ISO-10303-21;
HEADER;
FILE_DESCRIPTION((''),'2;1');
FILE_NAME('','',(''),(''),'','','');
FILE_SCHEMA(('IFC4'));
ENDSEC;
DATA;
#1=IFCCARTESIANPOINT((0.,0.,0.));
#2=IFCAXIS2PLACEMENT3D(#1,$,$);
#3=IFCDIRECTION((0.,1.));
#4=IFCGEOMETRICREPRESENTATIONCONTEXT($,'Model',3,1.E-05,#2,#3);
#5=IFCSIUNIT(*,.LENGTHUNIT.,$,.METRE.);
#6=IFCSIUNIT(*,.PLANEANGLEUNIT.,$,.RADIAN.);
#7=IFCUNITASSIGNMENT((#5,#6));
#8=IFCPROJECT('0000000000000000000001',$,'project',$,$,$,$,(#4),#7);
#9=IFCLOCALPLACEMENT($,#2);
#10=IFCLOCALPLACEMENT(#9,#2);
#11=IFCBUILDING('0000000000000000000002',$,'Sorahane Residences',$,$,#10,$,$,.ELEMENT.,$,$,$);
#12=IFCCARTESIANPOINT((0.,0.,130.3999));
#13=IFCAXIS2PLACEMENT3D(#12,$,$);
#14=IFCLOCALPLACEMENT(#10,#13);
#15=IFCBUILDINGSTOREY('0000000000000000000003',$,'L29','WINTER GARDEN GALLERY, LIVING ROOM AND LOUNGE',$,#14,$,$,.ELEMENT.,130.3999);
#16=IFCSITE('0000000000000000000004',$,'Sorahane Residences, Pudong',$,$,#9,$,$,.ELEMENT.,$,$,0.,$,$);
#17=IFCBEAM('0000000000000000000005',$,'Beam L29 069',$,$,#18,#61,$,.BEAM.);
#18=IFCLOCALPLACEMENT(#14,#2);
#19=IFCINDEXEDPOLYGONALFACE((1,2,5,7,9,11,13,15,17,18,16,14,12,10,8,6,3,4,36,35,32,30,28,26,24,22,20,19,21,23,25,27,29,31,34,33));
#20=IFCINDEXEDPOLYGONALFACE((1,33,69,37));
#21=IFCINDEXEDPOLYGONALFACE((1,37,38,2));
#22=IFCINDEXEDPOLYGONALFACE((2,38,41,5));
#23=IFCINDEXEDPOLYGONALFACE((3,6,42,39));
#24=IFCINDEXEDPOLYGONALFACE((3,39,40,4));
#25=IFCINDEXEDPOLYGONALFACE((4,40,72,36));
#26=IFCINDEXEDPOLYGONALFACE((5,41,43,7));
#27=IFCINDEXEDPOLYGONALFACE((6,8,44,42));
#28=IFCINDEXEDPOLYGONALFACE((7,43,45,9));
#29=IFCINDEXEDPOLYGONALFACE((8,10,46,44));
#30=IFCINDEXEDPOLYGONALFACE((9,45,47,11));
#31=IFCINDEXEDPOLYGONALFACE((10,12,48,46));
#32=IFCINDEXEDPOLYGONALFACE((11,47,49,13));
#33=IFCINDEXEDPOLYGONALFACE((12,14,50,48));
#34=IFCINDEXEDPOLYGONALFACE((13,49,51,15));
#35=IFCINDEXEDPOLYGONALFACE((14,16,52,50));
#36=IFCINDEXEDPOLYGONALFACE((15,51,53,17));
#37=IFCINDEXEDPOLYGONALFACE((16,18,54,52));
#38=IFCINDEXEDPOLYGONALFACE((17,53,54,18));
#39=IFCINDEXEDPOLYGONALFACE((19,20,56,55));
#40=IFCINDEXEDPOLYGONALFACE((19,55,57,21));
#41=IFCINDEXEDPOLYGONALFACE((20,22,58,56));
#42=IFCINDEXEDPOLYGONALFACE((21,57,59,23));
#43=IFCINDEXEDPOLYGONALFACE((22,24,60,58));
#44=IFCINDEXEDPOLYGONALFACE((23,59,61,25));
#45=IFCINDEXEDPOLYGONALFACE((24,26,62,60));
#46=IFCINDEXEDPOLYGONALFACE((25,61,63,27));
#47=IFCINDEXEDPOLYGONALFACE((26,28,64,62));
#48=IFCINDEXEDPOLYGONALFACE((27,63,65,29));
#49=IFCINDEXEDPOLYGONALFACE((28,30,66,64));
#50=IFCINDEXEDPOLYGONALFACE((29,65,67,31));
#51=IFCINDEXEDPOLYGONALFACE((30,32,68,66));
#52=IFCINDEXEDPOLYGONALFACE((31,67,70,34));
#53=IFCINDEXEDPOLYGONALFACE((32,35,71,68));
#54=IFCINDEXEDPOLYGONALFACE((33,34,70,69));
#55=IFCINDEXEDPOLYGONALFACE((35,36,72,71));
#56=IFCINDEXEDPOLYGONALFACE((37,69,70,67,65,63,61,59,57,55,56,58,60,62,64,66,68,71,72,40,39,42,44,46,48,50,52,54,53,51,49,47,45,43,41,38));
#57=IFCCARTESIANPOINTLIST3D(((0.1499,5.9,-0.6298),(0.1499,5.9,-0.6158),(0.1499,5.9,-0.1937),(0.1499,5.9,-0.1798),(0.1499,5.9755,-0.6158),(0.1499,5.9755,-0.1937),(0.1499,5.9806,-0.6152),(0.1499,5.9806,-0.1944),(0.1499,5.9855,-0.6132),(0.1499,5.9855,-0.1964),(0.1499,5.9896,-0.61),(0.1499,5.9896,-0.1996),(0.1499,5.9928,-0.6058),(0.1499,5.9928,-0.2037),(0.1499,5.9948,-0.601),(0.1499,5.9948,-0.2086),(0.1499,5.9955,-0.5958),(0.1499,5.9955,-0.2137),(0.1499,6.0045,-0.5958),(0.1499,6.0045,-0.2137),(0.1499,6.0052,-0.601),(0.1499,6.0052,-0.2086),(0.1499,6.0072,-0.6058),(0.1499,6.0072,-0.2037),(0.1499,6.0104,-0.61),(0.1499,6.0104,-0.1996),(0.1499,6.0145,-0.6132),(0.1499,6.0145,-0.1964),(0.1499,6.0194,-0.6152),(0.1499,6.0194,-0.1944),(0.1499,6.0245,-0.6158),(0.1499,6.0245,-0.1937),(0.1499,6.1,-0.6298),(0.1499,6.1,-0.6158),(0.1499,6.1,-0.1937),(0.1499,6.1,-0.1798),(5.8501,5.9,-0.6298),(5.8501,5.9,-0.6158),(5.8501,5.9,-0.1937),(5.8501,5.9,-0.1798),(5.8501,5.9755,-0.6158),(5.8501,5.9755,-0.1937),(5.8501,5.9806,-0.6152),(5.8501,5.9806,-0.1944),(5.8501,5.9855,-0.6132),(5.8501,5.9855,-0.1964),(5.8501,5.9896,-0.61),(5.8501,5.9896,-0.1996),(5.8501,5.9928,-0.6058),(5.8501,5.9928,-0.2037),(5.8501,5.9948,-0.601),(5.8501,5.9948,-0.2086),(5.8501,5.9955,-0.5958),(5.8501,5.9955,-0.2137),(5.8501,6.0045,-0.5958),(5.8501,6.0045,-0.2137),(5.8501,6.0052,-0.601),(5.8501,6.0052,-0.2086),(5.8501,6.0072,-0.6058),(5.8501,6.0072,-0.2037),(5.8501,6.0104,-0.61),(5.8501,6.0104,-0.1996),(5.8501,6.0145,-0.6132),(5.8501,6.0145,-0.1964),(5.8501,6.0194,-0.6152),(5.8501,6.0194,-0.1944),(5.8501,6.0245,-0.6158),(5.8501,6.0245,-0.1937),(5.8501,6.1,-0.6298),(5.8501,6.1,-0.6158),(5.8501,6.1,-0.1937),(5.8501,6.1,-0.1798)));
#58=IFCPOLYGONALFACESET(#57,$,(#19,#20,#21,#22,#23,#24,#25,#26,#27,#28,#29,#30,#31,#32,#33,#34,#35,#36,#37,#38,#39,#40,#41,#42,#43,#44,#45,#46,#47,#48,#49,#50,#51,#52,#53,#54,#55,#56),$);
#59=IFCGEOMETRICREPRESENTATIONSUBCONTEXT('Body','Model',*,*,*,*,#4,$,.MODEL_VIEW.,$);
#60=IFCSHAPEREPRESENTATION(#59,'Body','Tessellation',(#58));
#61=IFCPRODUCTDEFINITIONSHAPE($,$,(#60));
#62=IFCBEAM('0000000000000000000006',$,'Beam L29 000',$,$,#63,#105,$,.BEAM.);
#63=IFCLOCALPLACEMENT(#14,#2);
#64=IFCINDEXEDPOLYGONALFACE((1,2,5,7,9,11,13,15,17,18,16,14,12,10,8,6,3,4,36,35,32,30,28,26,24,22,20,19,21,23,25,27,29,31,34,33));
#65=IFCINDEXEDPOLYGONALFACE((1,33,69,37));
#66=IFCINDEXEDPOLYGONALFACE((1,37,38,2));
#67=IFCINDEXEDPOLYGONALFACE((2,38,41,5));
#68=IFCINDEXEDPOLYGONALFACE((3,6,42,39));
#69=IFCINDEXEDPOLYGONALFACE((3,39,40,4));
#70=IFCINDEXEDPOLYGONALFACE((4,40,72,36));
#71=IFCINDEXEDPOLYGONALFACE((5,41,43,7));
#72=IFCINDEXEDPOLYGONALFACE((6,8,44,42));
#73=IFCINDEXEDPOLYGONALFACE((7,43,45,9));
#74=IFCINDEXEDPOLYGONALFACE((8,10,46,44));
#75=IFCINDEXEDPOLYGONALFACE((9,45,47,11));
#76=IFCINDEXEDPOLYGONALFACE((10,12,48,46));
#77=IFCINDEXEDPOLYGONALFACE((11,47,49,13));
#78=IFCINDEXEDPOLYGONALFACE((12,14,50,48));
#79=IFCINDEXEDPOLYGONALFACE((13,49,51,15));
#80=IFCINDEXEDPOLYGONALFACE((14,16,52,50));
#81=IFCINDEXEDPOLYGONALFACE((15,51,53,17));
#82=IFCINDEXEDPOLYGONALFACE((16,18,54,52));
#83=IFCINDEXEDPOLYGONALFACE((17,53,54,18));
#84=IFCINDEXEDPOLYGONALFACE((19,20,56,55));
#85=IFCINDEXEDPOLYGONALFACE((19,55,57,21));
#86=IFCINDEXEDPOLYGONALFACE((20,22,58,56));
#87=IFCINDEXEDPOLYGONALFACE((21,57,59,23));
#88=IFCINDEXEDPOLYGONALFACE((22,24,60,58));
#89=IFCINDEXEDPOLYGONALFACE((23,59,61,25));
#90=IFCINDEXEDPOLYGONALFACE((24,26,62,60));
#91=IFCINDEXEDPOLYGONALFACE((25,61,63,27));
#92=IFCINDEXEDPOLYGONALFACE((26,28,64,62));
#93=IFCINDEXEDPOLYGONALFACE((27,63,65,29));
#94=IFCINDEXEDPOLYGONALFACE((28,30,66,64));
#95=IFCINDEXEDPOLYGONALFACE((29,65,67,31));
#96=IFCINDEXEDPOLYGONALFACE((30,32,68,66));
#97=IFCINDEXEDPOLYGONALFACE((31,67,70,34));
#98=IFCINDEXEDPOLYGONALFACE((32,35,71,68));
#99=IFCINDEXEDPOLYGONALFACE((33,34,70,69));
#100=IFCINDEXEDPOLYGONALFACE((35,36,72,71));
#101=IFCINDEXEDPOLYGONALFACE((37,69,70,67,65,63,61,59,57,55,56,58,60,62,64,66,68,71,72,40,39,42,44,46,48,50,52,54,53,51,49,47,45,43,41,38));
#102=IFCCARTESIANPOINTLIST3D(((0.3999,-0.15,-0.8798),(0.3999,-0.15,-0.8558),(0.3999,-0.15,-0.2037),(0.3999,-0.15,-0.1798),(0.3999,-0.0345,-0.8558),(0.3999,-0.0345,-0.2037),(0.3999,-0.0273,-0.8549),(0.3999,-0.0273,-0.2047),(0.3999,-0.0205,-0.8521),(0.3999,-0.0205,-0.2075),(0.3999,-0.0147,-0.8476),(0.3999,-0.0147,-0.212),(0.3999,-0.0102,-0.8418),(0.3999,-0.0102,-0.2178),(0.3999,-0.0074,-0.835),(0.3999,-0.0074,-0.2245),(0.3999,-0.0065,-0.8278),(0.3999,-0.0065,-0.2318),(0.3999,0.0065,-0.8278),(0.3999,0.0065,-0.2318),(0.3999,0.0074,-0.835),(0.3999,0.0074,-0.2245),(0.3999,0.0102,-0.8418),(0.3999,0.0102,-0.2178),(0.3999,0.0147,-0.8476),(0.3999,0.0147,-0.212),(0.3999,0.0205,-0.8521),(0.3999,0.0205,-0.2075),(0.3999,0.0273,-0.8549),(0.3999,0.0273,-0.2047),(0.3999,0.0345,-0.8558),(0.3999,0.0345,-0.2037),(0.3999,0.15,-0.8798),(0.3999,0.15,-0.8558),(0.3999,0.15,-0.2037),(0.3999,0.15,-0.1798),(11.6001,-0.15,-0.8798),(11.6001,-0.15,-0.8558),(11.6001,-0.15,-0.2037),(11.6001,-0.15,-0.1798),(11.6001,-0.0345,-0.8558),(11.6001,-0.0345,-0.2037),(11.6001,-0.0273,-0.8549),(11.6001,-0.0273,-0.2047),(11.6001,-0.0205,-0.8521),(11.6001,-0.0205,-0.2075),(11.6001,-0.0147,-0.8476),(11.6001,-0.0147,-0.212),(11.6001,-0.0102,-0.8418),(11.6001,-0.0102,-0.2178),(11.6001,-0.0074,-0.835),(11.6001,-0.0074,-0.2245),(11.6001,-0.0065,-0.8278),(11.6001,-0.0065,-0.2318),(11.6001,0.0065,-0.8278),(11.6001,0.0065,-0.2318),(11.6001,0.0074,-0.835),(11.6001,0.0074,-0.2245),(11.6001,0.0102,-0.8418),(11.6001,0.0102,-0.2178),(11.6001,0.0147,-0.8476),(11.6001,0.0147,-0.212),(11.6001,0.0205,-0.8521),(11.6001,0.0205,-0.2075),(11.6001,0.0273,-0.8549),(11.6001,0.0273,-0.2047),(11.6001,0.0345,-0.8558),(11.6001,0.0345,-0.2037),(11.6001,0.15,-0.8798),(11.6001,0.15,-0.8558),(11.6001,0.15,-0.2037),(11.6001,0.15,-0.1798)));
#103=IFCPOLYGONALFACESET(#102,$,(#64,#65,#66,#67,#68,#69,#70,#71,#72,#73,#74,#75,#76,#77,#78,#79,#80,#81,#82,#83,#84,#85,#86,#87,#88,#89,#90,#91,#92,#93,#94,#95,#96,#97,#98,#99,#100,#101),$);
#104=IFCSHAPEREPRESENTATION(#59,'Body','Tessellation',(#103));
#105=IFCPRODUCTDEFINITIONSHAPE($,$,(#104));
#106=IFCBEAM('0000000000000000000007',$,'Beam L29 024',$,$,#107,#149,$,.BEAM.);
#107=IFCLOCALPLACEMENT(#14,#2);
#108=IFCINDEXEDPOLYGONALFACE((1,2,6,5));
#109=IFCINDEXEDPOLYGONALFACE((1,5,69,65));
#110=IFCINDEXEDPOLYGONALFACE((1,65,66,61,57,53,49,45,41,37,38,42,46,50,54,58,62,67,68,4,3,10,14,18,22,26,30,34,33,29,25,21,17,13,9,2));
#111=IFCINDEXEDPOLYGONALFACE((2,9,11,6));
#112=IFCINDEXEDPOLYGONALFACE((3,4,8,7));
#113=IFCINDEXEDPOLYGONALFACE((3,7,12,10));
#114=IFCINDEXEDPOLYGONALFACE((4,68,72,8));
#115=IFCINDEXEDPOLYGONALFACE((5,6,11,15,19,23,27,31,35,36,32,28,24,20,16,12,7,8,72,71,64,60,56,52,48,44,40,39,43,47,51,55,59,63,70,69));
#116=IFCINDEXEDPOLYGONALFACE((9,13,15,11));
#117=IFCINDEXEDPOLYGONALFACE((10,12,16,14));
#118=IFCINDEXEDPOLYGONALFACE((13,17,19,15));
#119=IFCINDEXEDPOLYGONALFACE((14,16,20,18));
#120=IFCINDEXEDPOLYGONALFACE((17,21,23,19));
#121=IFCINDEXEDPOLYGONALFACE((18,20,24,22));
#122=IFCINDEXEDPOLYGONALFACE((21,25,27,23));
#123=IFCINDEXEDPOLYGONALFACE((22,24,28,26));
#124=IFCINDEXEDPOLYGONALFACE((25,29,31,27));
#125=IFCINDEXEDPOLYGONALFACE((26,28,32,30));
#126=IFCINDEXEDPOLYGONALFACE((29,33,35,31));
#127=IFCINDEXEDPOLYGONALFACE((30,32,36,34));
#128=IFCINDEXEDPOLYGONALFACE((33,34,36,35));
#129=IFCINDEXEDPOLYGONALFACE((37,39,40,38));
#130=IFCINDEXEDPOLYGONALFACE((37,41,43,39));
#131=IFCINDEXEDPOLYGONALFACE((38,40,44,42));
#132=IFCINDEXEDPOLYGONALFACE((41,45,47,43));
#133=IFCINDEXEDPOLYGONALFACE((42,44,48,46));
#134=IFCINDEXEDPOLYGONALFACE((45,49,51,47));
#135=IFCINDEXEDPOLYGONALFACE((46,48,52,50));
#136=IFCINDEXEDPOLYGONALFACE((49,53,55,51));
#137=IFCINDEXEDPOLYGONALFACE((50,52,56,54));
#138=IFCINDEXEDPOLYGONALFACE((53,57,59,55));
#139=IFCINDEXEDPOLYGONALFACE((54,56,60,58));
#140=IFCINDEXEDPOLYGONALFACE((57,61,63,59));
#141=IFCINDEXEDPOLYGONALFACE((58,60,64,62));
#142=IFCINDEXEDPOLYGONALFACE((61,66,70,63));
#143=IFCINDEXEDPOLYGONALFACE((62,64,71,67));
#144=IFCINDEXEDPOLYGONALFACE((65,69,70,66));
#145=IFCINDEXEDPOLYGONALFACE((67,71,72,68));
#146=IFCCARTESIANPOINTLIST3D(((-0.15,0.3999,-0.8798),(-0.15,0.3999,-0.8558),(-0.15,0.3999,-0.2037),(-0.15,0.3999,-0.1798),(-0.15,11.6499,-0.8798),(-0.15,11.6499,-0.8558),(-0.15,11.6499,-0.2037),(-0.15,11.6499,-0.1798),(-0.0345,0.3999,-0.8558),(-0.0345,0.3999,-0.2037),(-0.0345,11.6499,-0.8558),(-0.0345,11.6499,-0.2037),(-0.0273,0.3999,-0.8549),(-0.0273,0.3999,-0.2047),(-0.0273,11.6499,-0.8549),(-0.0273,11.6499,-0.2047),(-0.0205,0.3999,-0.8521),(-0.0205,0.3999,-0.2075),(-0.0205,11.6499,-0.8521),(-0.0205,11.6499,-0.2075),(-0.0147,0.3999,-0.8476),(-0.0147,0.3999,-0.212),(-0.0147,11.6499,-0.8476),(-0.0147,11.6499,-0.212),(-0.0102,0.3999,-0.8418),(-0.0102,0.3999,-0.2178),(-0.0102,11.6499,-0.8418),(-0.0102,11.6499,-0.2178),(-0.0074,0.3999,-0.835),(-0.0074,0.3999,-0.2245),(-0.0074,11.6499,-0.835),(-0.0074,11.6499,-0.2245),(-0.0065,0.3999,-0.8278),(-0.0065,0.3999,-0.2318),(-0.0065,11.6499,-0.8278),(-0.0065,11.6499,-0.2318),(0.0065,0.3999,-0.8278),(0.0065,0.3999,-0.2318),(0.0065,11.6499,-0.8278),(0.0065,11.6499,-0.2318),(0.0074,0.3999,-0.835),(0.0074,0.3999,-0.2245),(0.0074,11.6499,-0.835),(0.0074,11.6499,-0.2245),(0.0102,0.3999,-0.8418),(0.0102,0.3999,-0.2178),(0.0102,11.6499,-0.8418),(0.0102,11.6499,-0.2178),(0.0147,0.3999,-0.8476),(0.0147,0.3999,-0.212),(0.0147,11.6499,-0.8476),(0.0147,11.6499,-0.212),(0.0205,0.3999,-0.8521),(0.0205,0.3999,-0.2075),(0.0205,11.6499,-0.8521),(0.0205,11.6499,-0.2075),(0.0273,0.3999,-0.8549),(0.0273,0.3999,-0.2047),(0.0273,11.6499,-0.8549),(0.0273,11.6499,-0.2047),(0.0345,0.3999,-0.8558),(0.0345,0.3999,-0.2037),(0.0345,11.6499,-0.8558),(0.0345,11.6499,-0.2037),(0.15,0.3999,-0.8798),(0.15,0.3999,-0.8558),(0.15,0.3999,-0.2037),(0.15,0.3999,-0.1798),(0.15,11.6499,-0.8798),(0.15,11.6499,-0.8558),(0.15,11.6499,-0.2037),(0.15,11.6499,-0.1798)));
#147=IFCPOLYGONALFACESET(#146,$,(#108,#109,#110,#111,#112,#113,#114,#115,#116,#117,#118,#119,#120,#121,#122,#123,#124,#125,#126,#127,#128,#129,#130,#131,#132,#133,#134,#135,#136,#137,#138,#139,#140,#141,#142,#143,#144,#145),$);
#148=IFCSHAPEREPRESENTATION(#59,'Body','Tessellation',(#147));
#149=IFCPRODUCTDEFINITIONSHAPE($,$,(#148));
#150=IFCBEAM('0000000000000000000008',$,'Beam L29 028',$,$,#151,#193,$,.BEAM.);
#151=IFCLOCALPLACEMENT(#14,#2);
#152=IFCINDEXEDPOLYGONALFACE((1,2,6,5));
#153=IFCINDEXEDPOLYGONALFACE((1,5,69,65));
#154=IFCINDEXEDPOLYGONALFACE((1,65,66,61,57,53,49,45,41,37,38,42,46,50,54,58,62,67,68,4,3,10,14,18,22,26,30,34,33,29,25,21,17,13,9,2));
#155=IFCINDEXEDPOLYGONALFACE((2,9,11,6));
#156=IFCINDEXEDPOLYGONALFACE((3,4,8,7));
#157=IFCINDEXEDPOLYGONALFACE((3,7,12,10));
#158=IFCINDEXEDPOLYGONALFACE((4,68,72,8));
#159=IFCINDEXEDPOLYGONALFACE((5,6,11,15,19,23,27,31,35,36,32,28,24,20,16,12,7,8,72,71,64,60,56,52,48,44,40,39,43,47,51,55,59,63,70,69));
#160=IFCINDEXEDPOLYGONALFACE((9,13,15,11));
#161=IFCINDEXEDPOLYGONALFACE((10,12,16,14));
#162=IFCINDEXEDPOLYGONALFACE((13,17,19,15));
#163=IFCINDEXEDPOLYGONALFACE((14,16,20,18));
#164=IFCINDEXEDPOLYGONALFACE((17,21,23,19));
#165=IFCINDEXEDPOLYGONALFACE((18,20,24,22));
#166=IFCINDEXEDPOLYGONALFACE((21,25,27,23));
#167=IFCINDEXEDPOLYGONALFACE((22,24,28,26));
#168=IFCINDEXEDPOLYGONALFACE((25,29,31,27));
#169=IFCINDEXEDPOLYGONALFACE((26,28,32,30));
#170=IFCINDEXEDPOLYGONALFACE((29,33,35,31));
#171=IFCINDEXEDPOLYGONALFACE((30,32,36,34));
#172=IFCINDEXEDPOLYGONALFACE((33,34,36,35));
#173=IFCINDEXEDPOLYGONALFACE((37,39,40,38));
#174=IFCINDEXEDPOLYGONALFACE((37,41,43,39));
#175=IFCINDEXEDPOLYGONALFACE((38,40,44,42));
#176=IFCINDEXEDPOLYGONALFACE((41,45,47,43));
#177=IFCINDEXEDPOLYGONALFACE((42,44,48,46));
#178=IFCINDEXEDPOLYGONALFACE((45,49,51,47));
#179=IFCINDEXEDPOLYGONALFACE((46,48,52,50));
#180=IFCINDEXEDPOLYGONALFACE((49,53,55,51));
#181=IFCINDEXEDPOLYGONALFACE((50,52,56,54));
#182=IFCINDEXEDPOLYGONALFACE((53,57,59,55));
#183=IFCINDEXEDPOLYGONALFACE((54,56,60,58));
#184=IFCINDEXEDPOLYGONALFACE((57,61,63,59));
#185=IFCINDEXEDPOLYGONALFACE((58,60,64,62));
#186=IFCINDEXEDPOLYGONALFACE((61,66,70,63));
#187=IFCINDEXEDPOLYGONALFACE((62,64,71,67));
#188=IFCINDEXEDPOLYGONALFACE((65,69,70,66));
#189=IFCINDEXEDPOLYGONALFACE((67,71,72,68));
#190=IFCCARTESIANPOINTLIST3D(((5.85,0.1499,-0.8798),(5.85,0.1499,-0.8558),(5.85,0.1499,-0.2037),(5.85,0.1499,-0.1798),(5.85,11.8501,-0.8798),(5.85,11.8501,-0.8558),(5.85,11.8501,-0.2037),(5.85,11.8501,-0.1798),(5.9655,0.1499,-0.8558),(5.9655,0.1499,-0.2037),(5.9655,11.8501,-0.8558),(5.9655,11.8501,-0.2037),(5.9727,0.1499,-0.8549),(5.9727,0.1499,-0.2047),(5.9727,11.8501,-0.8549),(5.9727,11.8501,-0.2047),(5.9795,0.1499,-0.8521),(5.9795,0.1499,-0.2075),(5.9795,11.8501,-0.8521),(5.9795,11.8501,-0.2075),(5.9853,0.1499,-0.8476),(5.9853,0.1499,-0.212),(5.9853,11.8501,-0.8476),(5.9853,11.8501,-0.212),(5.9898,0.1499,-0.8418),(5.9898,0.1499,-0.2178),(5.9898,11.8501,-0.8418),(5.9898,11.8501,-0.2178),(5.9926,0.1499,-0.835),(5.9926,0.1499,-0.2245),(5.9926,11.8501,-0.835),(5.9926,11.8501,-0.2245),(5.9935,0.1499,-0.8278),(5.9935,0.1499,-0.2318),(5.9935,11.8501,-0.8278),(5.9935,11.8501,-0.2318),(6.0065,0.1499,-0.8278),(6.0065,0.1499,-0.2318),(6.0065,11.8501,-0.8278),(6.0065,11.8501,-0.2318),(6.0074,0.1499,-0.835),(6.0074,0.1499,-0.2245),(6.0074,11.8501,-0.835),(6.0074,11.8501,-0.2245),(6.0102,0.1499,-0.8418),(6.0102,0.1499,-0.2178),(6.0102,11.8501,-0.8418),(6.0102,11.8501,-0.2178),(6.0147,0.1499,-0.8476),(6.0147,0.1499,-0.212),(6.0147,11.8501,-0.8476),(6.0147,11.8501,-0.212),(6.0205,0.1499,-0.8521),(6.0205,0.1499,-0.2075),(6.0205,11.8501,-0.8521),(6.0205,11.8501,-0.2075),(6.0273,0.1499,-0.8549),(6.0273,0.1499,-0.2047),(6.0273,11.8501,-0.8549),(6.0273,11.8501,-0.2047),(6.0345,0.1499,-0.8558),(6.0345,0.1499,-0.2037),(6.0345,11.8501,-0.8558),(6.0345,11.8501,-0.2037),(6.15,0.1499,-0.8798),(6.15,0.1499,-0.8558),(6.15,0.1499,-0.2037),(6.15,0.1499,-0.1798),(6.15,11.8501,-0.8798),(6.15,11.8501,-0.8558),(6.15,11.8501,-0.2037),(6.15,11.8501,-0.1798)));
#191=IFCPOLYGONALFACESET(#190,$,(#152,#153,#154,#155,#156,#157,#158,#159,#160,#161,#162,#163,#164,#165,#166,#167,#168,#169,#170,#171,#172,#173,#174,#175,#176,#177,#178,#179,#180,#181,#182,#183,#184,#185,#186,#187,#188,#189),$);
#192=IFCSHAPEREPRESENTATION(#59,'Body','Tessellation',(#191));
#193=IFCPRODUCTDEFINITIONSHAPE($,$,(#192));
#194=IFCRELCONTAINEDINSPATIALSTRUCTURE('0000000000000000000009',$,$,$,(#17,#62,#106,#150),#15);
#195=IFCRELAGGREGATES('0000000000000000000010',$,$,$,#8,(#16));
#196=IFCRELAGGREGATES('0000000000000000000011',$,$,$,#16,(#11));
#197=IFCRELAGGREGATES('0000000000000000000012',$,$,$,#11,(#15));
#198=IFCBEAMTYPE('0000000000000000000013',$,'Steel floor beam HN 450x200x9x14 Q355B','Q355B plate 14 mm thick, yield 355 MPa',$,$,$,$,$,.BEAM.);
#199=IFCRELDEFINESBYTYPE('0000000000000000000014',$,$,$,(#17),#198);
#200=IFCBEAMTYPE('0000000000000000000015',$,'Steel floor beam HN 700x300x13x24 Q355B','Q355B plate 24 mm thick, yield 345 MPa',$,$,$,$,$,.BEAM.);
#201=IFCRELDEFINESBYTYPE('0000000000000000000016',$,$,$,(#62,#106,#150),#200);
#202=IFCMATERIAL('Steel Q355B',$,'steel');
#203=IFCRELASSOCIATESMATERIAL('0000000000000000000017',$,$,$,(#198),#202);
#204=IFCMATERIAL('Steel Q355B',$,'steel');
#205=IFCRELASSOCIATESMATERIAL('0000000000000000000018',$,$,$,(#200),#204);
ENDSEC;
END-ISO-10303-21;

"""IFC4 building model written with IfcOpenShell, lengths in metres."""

from ifc_helpers import new_model, si_unit, direction, frame, origin, origin_2d, place, context, subcontext, project, spatial, i_section, extrude, material, material_profile, profile_set, type_object, element, save


model = new_model("IFC4")

# Units and contexts
model_context = context("Model", 3, precision=1e-05, world=origin(), true_north=direction((0.0, 1.0)))
body_context = subcontext(model_context, "Body", "Model", "MODEL_VIEW")
ifc_project = project(units=[si_unit("LENGTHUNIT", "METRE"), si_unit("PLANEANGLEUNIT", "RADIAN")], contexts=[model_context])

# Site, building, storey
site_placement = place(None, origin())
site = spatial("IfcSite", under=ifc_project, at=site_placement, Name="Sorahane Residences, Pudong", CompositionType="ELEMENT", RefElevation=0.0)
building_placement = place(site_placement, origin())
building = spatial("IfcBuilding", under=site, at=building_placement, Name="Sorahane Residences", CompositionType="ELEMENT")
storey_placement = place(building_placement, frame((0.0, 0.0, 130.3999)))
storey = spatial("IfcBuildingStorey", under=building, at=storey_placement, Name="L29", Description="WINTER GARDEN GALLERY, LIVING ROOM AND LOUNGE", CompositionType="ELEMENT", Elevation=130.3999)

# Beams
ifc_material_1 = material(Name="Steel Q355B", Category="steel")
ifc_material_profile_1 = material_profile(ifc_material_1, i_section(OverallWidth=0.2, OverallDepth=0.45, WebThickness=0.009, FlangeThickness=0.0139, FilletRadius=0.02, at=origin_2d()), Name="HN 450x200x9x14")
ifc_profile_set_1 = profile_set([ifc_material_profile_1], Name="Steel Q355B")
beam_type_1 = type_object("IfcBeamType", Name="Steel floor beam HN 450x200x9x14 Q355B", Description="Q355B plate 14 mm thick, yield 355 MPa", PredefinedType="BEAM", material=ifc_profile_set_1)
beam_1_placement = place(storey_placement, frame((0.1499, 6.0, -0.4048), z_axis=(1.0, 0.0, 0.0), x_axis=(0.0, 1.0, 0.0)))
element("IfcBeam", 1, at=beam_1_placement, inside=storey, type_object=beam_type_1, Name="Beam L29 069", PredefinedType="BEAM", context=body_context, shape_type="SweptSolid", body=[
    extrude(i_section(OverallWidth=0.2, OverallDepth=0.45, WebThickness=0.009, FlangeThickness=0.0139, FilletRadius=0.02, at=origin_2d()), origin(), (0.0, 0.0, 1.0), 5.7002),
])
ifc_material_2 = material(Name="Steel Q355B", Category="steel")
ifc_material_profile_2 = material_profile(ifc_material_2, i_section(OverallWidth=0.3, OverallDepth=0.7, WebThickness=0.0129, FlangeThickness=0.0239, FilletRadius=0.0281, at=origin_2d()), Name="HN 700x300x13x24")
ifc_profile_set_2 = profile_set([ifc_material_profile_2], Name="Steel Q355B")
beam_type_2 = type_object("IfcBeamType", Name="Steel floor beam HN 700x300x13x24 Q355B", Description="Q355B plate 24 mm thick, yield 345 MPa", PredefinedType="BEAM", material=ifc_profile_set_2)
beam_2_placement = place(storey_placement, frame((0.3999, 0.0, -0.5298), z_axis=(1.0, 0.0, 0.0), x_axis=(0.0, 1.0, 0.0)))
element("IfcBeam", 2, at=beam_2_placement, inside=storey, type_object=beam_type_2, Name="Beam L29 000", PredefinedType="BEAM", context=body_context, shape_type="SweptSolid", body=[
    extrude(i_section(OverallWidth=0.3, OverallDepth=0.7, WebThickness=0.0129, FlangeThickness=0.0239, FilletRadius=0.0281, at=origin_2d()), origin(), (0.0, 0.0, 1.0), 11.2002),
])
beam_3_placement = place(storey_placement, frame((0.0, 0.3999, -0.5298), z_axis=(0.0, 1.0, 0.0), x_axis=(-1.0, 0.0, 0.0)))
element("IfcBeam", 3, at=beam_3_placement, inside=storey, type_object=beam_type_2, Name="Beam L29 024", PredefinedType="BEAM", context=body_context, shape_type="SweptSolid", body=[
    extrude(i_section(OverallWidth=0.3, OverallDepth=0.7, WebThickness=0.0129, FlangeThickness=0.0239, FilletRadius=0.0281, at=origin_2d()), origin(), (0.0, 0.0, 1.0), 11.25),
])
beam_4_placement = place(storey_placement, frame((6.0, 0.1499, -0.5298), z_axis=(0.0, 1.0, 0.0), x_axis=(-1.0, 0.0, 0.0)))
element("IfcBeam", 4, at=beam_4_placement, inside=storey, type_object=beam_type_2, Name="Beam L29 028", PredefinedType="BEAM", context=body_context, shape_type="SweptSolid", body=[
    extrude(i_section(OverallWidth=0.3, OverallDepth=0.7, WebThickness=0.0129, FlangeThickness=0.0239, FilletRadius=0.0281, at=origin_2d()), origin(), (0.0, 0.0, 1.0), 11.7002),
])

save(model, "model.ifc")
